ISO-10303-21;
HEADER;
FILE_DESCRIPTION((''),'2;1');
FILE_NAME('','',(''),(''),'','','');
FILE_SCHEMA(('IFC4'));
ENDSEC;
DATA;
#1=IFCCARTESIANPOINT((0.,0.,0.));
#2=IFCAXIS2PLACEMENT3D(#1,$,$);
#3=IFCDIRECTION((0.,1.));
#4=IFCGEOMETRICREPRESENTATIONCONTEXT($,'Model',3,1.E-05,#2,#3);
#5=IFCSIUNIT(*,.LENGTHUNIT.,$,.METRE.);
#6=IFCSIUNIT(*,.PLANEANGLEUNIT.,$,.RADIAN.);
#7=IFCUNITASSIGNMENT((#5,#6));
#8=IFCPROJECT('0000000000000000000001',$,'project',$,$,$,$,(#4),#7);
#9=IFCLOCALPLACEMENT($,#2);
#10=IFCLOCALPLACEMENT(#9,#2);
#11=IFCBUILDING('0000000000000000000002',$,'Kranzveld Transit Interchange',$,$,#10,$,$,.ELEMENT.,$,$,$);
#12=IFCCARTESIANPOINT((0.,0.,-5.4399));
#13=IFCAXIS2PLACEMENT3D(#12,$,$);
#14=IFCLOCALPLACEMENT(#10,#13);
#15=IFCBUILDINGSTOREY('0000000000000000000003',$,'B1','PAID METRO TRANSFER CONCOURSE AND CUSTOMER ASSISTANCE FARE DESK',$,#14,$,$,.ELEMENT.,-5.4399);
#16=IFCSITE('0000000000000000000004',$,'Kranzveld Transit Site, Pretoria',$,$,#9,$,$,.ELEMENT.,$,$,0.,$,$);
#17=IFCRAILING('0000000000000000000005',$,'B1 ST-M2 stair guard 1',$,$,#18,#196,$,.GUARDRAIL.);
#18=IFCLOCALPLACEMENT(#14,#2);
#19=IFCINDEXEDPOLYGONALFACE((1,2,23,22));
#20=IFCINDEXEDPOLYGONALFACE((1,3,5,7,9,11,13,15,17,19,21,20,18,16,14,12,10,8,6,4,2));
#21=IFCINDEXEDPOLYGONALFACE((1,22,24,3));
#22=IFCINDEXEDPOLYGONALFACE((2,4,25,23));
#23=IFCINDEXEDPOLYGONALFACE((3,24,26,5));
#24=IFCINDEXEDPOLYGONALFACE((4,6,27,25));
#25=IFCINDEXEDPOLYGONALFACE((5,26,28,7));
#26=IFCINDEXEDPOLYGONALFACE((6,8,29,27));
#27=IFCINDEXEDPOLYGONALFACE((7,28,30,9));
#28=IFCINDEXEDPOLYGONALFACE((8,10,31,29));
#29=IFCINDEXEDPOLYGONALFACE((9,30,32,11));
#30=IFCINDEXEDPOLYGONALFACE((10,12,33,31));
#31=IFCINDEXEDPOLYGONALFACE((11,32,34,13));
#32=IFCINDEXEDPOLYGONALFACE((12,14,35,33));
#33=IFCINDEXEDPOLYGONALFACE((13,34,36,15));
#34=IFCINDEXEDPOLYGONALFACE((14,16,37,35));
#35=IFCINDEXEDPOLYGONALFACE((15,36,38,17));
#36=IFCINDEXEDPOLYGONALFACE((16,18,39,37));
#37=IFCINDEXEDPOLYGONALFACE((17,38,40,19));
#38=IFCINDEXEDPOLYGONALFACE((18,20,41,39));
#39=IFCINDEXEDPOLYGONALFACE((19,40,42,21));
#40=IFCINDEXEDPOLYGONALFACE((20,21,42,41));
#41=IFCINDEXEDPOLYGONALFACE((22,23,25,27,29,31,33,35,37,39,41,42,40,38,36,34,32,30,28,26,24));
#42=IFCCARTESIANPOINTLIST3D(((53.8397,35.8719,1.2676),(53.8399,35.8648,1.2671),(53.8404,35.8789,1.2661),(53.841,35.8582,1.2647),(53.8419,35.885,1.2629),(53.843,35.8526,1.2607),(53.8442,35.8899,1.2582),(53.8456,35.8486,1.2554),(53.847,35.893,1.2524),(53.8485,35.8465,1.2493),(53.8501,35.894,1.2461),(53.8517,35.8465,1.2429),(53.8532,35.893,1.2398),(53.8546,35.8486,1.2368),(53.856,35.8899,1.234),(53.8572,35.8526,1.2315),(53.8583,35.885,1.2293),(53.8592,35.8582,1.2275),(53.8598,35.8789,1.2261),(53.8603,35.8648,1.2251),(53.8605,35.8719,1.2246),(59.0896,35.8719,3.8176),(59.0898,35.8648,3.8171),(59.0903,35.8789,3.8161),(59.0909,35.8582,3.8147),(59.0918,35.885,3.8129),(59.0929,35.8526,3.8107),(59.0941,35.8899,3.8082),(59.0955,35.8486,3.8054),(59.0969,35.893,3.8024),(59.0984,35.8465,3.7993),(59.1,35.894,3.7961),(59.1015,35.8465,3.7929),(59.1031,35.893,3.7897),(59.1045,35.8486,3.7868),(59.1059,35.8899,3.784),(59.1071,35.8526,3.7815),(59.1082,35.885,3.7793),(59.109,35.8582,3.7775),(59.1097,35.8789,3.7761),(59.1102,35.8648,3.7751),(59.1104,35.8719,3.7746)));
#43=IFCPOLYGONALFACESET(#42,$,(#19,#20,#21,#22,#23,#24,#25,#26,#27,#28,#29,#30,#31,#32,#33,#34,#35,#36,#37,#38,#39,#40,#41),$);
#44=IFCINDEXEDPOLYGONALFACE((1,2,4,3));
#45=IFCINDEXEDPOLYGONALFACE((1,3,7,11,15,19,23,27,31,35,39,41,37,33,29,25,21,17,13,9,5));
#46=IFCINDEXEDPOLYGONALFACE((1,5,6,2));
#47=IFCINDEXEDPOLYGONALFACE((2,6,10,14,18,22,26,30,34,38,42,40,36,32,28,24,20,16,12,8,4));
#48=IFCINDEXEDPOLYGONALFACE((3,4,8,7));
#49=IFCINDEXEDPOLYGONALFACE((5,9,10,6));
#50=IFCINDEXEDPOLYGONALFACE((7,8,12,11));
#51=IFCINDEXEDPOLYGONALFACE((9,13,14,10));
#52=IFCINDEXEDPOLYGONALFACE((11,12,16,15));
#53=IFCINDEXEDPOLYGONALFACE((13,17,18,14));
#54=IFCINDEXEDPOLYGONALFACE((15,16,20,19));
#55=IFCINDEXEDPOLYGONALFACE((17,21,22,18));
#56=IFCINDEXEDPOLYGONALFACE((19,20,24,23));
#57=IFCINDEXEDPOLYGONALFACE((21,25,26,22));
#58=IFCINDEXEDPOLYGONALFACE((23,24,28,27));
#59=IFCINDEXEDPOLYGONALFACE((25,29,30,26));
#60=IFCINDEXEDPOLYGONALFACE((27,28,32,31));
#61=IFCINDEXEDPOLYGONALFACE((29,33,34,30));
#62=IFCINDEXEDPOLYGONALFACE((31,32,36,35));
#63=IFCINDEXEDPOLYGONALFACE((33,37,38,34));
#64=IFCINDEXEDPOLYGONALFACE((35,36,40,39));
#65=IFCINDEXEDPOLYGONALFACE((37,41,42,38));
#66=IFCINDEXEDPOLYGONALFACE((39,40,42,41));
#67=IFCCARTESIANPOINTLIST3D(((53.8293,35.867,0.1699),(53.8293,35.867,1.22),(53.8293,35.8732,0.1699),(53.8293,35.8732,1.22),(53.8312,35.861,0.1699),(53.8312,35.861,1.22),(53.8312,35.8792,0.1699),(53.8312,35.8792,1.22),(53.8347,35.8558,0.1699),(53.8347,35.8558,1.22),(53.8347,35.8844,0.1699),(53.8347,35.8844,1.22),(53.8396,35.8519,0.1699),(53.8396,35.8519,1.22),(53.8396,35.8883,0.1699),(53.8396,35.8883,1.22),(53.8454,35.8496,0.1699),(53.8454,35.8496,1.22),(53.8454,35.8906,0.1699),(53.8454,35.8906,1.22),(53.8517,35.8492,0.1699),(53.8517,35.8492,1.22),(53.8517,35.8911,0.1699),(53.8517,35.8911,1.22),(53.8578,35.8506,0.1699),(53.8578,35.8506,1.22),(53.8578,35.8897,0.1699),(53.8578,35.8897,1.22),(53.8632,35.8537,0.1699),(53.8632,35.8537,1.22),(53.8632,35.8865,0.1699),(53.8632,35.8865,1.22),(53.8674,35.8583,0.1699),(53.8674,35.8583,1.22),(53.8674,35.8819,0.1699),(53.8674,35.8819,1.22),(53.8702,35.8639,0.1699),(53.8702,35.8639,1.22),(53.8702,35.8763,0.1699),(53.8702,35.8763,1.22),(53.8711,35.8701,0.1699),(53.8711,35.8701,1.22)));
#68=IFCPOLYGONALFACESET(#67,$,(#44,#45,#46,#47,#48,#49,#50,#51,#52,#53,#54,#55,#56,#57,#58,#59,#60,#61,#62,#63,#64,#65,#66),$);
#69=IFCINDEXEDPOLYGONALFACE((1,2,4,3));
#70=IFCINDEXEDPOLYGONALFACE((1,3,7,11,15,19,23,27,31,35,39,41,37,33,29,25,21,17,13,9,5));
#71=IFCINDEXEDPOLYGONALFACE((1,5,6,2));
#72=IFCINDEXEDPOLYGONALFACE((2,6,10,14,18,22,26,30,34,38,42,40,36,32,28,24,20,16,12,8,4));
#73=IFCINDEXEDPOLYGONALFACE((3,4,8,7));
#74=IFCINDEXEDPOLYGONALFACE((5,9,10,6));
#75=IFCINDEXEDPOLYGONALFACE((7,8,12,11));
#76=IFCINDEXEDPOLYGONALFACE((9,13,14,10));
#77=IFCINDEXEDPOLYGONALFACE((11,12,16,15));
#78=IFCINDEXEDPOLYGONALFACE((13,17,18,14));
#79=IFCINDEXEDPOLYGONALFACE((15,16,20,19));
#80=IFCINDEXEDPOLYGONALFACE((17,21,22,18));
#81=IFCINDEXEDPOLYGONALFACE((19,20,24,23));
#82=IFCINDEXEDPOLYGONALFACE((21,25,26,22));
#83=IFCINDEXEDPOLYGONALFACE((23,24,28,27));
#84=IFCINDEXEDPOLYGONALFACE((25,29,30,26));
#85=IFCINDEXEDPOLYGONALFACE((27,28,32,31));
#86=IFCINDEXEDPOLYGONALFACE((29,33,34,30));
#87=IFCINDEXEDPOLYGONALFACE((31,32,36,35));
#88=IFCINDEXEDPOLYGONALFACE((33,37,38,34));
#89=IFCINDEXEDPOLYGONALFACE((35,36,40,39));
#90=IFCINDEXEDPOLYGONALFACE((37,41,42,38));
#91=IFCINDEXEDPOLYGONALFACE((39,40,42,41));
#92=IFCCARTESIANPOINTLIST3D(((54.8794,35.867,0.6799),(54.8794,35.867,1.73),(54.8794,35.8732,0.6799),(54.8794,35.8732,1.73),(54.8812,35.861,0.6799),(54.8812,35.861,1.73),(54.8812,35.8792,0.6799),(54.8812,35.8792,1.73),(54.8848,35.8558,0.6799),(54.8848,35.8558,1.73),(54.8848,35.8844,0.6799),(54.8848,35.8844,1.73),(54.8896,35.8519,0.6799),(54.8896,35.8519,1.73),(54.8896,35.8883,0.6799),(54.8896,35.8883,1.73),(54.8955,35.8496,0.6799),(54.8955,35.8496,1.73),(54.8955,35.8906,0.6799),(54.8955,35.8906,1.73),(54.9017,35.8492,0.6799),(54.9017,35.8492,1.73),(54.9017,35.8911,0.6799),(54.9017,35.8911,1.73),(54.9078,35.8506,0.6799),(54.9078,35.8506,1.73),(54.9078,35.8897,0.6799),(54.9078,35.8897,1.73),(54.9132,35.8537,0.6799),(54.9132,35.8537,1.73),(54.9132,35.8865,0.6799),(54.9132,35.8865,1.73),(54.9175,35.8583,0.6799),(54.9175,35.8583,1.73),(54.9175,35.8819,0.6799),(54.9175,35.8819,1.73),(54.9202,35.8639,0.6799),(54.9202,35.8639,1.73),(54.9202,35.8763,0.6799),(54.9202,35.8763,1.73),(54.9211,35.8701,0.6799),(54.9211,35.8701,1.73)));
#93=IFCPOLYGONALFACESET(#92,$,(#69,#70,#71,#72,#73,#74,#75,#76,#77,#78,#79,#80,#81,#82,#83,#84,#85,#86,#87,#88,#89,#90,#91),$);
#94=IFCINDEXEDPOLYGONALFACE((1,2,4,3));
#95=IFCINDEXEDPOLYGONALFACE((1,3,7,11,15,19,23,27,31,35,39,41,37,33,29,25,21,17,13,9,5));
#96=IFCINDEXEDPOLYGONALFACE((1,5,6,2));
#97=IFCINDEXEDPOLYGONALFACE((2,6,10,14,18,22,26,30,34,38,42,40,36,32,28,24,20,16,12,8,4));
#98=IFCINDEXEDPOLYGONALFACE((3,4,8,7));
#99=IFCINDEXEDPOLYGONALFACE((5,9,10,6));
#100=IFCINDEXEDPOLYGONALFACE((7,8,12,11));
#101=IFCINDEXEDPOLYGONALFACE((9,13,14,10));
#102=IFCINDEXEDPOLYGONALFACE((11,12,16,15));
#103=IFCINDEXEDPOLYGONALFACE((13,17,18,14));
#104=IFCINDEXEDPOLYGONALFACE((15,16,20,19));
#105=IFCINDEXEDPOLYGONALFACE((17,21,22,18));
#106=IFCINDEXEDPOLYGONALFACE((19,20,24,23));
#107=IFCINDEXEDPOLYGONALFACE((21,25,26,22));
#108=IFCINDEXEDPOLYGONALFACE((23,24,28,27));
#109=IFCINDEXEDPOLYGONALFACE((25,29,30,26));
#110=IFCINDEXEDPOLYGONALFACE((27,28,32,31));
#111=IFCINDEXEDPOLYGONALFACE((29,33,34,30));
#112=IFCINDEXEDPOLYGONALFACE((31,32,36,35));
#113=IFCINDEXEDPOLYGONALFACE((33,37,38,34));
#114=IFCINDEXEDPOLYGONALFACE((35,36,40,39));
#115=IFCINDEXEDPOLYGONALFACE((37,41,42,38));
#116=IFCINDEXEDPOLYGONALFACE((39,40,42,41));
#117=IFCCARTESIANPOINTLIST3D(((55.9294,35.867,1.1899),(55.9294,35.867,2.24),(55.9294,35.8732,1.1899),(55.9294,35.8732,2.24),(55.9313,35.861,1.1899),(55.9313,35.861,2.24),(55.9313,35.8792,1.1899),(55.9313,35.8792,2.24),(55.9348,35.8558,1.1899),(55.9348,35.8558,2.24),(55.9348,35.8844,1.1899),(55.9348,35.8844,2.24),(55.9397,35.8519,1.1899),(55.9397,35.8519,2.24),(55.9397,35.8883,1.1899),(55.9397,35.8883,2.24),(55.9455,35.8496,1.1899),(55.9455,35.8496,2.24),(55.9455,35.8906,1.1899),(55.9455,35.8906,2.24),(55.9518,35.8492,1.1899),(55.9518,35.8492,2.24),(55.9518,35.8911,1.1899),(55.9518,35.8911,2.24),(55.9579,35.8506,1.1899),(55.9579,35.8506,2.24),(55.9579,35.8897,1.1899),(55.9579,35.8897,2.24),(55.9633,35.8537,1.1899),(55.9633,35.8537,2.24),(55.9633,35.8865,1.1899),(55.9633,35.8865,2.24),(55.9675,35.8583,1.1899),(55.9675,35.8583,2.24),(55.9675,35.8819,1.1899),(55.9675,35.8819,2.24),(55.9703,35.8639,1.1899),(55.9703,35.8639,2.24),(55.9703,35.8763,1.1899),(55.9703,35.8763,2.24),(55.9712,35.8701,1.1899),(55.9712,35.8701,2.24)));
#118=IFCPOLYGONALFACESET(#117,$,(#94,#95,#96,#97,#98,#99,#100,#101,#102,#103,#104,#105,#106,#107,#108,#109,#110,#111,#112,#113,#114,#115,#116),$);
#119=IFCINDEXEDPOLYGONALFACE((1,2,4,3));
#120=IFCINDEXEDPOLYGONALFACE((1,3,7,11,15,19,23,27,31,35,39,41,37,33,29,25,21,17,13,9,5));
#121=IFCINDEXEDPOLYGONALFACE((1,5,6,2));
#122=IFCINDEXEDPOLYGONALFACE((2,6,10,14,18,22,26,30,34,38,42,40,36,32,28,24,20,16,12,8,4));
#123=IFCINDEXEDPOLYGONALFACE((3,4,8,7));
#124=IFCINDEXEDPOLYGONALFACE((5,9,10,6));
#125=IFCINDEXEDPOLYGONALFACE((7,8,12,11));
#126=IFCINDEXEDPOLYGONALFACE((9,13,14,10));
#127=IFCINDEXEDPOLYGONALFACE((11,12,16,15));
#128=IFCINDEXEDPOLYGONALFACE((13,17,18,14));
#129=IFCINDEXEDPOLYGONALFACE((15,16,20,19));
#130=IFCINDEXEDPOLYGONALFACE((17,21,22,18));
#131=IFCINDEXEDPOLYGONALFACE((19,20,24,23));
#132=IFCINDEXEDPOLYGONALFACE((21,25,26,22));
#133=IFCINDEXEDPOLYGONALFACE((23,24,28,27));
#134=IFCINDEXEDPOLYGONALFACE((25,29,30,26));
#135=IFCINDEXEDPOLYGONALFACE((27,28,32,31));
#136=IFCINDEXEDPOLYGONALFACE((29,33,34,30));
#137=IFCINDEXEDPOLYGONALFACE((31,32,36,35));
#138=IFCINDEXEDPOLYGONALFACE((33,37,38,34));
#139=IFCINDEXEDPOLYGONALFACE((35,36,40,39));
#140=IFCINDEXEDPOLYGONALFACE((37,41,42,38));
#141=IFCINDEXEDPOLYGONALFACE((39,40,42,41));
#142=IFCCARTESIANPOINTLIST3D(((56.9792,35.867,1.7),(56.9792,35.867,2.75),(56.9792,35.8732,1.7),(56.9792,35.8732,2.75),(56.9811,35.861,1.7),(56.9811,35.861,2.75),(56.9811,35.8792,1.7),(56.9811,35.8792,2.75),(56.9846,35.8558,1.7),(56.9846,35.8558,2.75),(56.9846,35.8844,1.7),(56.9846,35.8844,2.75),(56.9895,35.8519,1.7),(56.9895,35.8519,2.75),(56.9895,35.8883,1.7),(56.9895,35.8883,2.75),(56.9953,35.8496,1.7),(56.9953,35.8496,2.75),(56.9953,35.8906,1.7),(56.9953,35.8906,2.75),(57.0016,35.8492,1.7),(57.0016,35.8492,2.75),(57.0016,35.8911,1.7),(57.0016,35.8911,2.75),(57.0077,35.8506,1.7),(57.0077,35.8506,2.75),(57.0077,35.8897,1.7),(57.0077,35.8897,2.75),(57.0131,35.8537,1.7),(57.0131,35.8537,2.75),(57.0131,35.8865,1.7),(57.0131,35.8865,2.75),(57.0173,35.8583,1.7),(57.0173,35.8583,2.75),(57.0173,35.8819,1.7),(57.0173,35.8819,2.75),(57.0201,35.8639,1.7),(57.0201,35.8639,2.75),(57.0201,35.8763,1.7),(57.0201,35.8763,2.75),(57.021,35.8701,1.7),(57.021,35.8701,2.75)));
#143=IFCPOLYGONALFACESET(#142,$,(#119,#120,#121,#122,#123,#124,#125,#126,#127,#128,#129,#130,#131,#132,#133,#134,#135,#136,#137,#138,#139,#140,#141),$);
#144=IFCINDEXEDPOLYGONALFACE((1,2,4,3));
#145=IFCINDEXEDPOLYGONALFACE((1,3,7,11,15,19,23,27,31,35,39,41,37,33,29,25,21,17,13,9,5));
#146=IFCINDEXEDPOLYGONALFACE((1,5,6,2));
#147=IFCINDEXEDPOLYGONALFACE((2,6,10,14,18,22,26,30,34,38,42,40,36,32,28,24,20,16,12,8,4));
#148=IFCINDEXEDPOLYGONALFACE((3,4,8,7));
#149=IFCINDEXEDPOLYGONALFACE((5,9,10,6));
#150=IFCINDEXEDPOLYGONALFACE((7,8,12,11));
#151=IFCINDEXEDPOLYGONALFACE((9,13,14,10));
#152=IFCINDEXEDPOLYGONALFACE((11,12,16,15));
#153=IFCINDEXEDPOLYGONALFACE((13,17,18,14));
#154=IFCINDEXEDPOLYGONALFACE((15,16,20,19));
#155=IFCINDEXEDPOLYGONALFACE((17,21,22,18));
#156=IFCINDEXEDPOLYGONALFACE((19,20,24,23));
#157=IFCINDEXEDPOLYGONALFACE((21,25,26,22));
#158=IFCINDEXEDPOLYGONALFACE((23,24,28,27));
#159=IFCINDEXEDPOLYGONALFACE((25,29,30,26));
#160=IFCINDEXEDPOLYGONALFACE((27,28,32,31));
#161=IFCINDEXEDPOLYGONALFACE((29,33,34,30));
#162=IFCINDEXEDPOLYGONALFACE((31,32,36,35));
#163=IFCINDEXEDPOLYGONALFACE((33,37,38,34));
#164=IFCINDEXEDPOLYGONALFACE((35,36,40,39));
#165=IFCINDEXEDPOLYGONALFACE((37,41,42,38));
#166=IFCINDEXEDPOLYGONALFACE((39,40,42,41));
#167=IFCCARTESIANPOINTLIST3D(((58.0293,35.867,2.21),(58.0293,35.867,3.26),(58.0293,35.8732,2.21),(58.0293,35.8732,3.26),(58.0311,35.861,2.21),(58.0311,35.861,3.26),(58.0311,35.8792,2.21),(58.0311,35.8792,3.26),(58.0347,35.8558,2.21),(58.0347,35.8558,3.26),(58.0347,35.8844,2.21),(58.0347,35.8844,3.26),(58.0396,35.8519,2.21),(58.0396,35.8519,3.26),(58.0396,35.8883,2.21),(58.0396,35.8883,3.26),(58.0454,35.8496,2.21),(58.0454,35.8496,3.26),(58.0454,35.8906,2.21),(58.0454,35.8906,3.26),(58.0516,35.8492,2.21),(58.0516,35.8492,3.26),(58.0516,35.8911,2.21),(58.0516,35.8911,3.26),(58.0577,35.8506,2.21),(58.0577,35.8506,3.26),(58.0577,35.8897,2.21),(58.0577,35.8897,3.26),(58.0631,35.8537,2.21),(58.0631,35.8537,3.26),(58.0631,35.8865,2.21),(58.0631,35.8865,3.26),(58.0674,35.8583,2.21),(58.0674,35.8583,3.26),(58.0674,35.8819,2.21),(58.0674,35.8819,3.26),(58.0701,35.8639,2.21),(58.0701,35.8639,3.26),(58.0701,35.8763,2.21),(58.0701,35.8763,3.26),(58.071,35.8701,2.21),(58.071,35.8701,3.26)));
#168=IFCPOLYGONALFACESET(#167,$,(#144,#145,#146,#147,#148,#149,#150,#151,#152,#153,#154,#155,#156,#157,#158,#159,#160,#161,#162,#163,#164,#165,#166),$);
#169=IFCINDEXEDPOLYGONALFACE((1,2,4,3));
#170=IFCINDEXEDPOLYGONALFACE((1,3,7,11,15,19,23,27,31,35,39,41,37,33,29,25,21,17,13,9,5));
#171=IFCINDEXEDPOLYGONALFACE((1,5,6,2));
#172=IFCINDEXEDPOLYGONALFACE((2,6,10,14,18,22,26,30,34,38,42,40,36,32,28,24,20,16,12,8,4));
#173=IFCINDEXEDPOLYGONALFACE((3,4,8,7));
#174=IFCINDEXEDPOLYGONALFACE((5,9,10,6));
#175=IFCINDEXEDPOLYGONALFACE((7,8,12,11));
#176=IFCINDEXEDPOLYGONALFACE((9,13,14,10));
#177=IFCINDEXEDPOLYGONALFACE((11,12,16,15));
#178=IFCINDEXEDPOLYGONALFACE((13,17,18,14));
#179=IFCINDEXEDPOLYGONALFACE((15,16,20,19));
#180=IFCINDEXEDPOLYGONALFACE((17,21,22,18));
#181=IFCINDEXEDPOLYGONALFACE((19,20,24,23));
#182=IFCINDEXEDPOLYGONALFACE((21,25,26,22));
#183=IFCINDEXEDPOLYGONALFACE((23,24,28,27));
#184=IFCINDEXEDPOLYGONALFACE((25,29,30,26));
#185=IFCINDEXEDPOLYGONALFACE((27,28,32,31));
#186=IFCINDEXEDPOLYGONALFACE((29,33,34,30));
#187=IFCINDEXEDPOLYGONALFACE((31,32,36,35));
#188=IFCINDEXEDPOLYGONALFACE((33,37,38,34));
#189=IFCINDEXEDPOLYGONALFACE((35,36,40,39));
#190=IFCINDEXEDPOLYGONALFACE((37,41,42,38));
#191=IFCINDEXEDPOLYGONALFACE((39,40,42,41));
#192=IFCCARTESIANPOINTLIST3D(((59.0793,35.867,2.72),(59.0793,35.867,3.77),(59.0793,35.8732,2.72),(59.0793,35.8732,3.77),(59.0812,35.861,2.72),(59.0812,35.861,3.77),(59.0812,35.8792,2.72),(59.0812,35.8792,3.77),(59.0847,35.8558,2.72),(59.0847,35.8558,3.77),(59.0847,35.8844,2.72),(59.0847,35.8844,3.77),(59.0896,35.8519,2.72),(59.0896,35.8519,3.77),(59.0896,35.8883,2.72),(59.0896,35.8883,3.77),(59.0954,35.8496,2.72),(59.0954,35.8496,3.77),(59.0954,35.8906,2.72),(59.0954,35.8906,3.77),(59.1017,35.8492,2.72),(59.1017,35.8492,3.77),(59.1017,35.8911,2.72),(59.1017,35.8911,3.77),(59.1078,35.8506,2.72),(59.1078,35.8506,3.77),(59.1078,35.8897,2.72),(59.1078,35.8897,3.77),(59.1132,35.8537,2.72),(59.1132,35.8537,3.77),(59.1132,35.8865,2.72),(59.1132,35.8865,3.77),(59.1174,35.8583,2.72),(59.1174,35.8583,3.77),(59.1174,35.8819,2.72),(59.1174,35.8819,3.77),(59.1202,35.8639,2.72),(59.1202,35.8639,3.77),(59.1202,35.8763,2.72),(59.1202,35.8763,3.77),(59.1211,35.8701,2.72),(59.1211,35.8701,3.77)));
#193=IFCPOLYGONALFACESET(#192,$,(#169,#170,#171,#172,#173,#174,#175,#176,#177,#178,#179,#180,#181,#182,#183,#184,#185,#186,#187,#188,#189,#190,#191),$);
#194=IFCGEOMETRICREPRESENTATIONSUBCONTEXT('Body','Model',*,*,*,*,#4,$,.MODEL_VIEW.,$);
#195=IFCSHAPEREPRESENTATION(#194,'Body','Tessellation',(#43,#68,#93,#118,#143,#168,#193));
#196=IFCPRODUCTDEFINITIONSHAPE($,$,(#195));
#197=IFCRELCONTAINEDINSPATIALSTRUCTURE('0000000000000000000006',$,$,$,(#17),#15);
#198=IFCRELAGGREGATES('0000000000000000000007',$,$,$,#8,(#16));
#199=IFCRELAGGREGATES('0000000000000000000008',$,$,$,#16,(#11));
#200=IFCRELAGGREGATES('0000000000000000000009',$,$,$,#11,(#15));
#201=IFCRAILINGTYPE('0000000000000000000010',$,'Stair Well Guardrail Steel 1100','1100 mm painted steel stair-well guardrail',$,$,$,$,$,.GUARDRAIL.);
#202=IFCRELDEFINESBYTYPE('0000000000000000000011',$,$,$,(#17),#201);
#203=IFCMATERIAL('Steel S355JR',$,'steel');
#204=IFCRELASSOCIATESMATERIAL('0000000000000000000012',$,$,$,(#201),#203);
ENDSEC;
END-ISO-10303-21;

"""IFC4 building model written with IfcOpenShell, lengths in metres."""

from ifc_helpers import new_model, si_unit, direction, frame, origin, origin_2d, place, context, subcontext, project, spatial, circle, extrude, material, type_object, element, save


model = new_model("IFC4")

# Units and contexts
model_context = context("Model", 3, precision=1e-05, world=origin(), true_north=direction((0.0, 1.0)))
body_context = subcontext(model_context, "Body", "Model", "MODEL_VIEW")
ifc_project = project(units=[si_unit("LENGTHUNIT", "METRE"), si_unit("PLANEANGLEUNIT", "RADIAN")], contexts=[model_context])

# Site, building, storey
site_placement = place(None, origin())
site = spatial("IfcSite", under=ifc_project, at=site_placement, Name="Kranzveld Transit Site, Pretoria", CompositionType="ELEMENT", RefElevation=0.0)
building_placement = place(site_placement, origin())
building = spatial("IfcBuilding", under=site, at=building_placement, Name="Kranzveld Transit Interchange", CompositionType="ELEMENT")
storey_placement = place(building_placement, frame((0.0, 0.0, -5.4399)))
storey = spatial("IfcBuildingStorey", under=building, at=storey_placement, Name="B1", Description="PAID METRO TRANSFER CONCOURSE AND CUSTOMER ASSISTANCE FARE DESK", CompositionType="ELEMENT", Elevation=-5.4399)

# Railing
ifc_material_1 = material(Name="Steel S355JR", Category="steel")
railing_type_1 = type_object("IfcRailingType", Name="Stair Well Guardrail Steel 1100", Description="1100 mm painted steel stair-well guardrail", PredefinedType="GUARDRAIL", material=ifc_material_1)
railing_1_placement = place(storey_placement, frame((53.8501, 35.8701, 0.1699)))
element("IfcRailing", 1, at=railing_1_placement, inside=storey, type_object=railing_type_1, Name="B1 ST-M2 stair guard 1", PredefinedType="GUARDRAIL", context=body_context, shape_type="SweptSolid", body=[
    extrude(circle(Radius=0.0239, at=origin_2d()), frame((0.0, 0.0, 1.0762), z_axis=(0.899505, 0.0, 0.436911), x_axis=(0.0, 1.0, 0.0)), (0.0, 0.0, 1.0), 5.8364),
    extrude(circle(Radius=0.021, at=origin_2d()), origin(), (0.0, 0.0, 1.0), 1.05),
    extrude(circle(Radius=0.021, at=origin_2d()), frame((1.05, 0.0, 0.51)), (0.0, 0.0, 1.0), 1.05),
    extrude(circle(Radius=0.021, at=origin_2d()), frame((2.1001, 0.0, 1.02)), (0.0, 0.0, 1.0), 1.05),
    extrude(circle(Radius=0.021, at=origin_2d()), frame((3.1499, 0.0, 1.53)), (0.0, 0.0, 1.0), 1.05),
    extrude(circle(Radius=0.021, at=origin_2d()), frame((4.2, 0.0, 2.04)), (0.0, 0.0, 1.0), 1.05),
    extrude(circle(Radius=0.021, at=origin_2d()), frame((5.25, 0.0, 2.55)), (0.0, 0.0, 1.0), 1.05),
])

save(model, "model.ifc")
